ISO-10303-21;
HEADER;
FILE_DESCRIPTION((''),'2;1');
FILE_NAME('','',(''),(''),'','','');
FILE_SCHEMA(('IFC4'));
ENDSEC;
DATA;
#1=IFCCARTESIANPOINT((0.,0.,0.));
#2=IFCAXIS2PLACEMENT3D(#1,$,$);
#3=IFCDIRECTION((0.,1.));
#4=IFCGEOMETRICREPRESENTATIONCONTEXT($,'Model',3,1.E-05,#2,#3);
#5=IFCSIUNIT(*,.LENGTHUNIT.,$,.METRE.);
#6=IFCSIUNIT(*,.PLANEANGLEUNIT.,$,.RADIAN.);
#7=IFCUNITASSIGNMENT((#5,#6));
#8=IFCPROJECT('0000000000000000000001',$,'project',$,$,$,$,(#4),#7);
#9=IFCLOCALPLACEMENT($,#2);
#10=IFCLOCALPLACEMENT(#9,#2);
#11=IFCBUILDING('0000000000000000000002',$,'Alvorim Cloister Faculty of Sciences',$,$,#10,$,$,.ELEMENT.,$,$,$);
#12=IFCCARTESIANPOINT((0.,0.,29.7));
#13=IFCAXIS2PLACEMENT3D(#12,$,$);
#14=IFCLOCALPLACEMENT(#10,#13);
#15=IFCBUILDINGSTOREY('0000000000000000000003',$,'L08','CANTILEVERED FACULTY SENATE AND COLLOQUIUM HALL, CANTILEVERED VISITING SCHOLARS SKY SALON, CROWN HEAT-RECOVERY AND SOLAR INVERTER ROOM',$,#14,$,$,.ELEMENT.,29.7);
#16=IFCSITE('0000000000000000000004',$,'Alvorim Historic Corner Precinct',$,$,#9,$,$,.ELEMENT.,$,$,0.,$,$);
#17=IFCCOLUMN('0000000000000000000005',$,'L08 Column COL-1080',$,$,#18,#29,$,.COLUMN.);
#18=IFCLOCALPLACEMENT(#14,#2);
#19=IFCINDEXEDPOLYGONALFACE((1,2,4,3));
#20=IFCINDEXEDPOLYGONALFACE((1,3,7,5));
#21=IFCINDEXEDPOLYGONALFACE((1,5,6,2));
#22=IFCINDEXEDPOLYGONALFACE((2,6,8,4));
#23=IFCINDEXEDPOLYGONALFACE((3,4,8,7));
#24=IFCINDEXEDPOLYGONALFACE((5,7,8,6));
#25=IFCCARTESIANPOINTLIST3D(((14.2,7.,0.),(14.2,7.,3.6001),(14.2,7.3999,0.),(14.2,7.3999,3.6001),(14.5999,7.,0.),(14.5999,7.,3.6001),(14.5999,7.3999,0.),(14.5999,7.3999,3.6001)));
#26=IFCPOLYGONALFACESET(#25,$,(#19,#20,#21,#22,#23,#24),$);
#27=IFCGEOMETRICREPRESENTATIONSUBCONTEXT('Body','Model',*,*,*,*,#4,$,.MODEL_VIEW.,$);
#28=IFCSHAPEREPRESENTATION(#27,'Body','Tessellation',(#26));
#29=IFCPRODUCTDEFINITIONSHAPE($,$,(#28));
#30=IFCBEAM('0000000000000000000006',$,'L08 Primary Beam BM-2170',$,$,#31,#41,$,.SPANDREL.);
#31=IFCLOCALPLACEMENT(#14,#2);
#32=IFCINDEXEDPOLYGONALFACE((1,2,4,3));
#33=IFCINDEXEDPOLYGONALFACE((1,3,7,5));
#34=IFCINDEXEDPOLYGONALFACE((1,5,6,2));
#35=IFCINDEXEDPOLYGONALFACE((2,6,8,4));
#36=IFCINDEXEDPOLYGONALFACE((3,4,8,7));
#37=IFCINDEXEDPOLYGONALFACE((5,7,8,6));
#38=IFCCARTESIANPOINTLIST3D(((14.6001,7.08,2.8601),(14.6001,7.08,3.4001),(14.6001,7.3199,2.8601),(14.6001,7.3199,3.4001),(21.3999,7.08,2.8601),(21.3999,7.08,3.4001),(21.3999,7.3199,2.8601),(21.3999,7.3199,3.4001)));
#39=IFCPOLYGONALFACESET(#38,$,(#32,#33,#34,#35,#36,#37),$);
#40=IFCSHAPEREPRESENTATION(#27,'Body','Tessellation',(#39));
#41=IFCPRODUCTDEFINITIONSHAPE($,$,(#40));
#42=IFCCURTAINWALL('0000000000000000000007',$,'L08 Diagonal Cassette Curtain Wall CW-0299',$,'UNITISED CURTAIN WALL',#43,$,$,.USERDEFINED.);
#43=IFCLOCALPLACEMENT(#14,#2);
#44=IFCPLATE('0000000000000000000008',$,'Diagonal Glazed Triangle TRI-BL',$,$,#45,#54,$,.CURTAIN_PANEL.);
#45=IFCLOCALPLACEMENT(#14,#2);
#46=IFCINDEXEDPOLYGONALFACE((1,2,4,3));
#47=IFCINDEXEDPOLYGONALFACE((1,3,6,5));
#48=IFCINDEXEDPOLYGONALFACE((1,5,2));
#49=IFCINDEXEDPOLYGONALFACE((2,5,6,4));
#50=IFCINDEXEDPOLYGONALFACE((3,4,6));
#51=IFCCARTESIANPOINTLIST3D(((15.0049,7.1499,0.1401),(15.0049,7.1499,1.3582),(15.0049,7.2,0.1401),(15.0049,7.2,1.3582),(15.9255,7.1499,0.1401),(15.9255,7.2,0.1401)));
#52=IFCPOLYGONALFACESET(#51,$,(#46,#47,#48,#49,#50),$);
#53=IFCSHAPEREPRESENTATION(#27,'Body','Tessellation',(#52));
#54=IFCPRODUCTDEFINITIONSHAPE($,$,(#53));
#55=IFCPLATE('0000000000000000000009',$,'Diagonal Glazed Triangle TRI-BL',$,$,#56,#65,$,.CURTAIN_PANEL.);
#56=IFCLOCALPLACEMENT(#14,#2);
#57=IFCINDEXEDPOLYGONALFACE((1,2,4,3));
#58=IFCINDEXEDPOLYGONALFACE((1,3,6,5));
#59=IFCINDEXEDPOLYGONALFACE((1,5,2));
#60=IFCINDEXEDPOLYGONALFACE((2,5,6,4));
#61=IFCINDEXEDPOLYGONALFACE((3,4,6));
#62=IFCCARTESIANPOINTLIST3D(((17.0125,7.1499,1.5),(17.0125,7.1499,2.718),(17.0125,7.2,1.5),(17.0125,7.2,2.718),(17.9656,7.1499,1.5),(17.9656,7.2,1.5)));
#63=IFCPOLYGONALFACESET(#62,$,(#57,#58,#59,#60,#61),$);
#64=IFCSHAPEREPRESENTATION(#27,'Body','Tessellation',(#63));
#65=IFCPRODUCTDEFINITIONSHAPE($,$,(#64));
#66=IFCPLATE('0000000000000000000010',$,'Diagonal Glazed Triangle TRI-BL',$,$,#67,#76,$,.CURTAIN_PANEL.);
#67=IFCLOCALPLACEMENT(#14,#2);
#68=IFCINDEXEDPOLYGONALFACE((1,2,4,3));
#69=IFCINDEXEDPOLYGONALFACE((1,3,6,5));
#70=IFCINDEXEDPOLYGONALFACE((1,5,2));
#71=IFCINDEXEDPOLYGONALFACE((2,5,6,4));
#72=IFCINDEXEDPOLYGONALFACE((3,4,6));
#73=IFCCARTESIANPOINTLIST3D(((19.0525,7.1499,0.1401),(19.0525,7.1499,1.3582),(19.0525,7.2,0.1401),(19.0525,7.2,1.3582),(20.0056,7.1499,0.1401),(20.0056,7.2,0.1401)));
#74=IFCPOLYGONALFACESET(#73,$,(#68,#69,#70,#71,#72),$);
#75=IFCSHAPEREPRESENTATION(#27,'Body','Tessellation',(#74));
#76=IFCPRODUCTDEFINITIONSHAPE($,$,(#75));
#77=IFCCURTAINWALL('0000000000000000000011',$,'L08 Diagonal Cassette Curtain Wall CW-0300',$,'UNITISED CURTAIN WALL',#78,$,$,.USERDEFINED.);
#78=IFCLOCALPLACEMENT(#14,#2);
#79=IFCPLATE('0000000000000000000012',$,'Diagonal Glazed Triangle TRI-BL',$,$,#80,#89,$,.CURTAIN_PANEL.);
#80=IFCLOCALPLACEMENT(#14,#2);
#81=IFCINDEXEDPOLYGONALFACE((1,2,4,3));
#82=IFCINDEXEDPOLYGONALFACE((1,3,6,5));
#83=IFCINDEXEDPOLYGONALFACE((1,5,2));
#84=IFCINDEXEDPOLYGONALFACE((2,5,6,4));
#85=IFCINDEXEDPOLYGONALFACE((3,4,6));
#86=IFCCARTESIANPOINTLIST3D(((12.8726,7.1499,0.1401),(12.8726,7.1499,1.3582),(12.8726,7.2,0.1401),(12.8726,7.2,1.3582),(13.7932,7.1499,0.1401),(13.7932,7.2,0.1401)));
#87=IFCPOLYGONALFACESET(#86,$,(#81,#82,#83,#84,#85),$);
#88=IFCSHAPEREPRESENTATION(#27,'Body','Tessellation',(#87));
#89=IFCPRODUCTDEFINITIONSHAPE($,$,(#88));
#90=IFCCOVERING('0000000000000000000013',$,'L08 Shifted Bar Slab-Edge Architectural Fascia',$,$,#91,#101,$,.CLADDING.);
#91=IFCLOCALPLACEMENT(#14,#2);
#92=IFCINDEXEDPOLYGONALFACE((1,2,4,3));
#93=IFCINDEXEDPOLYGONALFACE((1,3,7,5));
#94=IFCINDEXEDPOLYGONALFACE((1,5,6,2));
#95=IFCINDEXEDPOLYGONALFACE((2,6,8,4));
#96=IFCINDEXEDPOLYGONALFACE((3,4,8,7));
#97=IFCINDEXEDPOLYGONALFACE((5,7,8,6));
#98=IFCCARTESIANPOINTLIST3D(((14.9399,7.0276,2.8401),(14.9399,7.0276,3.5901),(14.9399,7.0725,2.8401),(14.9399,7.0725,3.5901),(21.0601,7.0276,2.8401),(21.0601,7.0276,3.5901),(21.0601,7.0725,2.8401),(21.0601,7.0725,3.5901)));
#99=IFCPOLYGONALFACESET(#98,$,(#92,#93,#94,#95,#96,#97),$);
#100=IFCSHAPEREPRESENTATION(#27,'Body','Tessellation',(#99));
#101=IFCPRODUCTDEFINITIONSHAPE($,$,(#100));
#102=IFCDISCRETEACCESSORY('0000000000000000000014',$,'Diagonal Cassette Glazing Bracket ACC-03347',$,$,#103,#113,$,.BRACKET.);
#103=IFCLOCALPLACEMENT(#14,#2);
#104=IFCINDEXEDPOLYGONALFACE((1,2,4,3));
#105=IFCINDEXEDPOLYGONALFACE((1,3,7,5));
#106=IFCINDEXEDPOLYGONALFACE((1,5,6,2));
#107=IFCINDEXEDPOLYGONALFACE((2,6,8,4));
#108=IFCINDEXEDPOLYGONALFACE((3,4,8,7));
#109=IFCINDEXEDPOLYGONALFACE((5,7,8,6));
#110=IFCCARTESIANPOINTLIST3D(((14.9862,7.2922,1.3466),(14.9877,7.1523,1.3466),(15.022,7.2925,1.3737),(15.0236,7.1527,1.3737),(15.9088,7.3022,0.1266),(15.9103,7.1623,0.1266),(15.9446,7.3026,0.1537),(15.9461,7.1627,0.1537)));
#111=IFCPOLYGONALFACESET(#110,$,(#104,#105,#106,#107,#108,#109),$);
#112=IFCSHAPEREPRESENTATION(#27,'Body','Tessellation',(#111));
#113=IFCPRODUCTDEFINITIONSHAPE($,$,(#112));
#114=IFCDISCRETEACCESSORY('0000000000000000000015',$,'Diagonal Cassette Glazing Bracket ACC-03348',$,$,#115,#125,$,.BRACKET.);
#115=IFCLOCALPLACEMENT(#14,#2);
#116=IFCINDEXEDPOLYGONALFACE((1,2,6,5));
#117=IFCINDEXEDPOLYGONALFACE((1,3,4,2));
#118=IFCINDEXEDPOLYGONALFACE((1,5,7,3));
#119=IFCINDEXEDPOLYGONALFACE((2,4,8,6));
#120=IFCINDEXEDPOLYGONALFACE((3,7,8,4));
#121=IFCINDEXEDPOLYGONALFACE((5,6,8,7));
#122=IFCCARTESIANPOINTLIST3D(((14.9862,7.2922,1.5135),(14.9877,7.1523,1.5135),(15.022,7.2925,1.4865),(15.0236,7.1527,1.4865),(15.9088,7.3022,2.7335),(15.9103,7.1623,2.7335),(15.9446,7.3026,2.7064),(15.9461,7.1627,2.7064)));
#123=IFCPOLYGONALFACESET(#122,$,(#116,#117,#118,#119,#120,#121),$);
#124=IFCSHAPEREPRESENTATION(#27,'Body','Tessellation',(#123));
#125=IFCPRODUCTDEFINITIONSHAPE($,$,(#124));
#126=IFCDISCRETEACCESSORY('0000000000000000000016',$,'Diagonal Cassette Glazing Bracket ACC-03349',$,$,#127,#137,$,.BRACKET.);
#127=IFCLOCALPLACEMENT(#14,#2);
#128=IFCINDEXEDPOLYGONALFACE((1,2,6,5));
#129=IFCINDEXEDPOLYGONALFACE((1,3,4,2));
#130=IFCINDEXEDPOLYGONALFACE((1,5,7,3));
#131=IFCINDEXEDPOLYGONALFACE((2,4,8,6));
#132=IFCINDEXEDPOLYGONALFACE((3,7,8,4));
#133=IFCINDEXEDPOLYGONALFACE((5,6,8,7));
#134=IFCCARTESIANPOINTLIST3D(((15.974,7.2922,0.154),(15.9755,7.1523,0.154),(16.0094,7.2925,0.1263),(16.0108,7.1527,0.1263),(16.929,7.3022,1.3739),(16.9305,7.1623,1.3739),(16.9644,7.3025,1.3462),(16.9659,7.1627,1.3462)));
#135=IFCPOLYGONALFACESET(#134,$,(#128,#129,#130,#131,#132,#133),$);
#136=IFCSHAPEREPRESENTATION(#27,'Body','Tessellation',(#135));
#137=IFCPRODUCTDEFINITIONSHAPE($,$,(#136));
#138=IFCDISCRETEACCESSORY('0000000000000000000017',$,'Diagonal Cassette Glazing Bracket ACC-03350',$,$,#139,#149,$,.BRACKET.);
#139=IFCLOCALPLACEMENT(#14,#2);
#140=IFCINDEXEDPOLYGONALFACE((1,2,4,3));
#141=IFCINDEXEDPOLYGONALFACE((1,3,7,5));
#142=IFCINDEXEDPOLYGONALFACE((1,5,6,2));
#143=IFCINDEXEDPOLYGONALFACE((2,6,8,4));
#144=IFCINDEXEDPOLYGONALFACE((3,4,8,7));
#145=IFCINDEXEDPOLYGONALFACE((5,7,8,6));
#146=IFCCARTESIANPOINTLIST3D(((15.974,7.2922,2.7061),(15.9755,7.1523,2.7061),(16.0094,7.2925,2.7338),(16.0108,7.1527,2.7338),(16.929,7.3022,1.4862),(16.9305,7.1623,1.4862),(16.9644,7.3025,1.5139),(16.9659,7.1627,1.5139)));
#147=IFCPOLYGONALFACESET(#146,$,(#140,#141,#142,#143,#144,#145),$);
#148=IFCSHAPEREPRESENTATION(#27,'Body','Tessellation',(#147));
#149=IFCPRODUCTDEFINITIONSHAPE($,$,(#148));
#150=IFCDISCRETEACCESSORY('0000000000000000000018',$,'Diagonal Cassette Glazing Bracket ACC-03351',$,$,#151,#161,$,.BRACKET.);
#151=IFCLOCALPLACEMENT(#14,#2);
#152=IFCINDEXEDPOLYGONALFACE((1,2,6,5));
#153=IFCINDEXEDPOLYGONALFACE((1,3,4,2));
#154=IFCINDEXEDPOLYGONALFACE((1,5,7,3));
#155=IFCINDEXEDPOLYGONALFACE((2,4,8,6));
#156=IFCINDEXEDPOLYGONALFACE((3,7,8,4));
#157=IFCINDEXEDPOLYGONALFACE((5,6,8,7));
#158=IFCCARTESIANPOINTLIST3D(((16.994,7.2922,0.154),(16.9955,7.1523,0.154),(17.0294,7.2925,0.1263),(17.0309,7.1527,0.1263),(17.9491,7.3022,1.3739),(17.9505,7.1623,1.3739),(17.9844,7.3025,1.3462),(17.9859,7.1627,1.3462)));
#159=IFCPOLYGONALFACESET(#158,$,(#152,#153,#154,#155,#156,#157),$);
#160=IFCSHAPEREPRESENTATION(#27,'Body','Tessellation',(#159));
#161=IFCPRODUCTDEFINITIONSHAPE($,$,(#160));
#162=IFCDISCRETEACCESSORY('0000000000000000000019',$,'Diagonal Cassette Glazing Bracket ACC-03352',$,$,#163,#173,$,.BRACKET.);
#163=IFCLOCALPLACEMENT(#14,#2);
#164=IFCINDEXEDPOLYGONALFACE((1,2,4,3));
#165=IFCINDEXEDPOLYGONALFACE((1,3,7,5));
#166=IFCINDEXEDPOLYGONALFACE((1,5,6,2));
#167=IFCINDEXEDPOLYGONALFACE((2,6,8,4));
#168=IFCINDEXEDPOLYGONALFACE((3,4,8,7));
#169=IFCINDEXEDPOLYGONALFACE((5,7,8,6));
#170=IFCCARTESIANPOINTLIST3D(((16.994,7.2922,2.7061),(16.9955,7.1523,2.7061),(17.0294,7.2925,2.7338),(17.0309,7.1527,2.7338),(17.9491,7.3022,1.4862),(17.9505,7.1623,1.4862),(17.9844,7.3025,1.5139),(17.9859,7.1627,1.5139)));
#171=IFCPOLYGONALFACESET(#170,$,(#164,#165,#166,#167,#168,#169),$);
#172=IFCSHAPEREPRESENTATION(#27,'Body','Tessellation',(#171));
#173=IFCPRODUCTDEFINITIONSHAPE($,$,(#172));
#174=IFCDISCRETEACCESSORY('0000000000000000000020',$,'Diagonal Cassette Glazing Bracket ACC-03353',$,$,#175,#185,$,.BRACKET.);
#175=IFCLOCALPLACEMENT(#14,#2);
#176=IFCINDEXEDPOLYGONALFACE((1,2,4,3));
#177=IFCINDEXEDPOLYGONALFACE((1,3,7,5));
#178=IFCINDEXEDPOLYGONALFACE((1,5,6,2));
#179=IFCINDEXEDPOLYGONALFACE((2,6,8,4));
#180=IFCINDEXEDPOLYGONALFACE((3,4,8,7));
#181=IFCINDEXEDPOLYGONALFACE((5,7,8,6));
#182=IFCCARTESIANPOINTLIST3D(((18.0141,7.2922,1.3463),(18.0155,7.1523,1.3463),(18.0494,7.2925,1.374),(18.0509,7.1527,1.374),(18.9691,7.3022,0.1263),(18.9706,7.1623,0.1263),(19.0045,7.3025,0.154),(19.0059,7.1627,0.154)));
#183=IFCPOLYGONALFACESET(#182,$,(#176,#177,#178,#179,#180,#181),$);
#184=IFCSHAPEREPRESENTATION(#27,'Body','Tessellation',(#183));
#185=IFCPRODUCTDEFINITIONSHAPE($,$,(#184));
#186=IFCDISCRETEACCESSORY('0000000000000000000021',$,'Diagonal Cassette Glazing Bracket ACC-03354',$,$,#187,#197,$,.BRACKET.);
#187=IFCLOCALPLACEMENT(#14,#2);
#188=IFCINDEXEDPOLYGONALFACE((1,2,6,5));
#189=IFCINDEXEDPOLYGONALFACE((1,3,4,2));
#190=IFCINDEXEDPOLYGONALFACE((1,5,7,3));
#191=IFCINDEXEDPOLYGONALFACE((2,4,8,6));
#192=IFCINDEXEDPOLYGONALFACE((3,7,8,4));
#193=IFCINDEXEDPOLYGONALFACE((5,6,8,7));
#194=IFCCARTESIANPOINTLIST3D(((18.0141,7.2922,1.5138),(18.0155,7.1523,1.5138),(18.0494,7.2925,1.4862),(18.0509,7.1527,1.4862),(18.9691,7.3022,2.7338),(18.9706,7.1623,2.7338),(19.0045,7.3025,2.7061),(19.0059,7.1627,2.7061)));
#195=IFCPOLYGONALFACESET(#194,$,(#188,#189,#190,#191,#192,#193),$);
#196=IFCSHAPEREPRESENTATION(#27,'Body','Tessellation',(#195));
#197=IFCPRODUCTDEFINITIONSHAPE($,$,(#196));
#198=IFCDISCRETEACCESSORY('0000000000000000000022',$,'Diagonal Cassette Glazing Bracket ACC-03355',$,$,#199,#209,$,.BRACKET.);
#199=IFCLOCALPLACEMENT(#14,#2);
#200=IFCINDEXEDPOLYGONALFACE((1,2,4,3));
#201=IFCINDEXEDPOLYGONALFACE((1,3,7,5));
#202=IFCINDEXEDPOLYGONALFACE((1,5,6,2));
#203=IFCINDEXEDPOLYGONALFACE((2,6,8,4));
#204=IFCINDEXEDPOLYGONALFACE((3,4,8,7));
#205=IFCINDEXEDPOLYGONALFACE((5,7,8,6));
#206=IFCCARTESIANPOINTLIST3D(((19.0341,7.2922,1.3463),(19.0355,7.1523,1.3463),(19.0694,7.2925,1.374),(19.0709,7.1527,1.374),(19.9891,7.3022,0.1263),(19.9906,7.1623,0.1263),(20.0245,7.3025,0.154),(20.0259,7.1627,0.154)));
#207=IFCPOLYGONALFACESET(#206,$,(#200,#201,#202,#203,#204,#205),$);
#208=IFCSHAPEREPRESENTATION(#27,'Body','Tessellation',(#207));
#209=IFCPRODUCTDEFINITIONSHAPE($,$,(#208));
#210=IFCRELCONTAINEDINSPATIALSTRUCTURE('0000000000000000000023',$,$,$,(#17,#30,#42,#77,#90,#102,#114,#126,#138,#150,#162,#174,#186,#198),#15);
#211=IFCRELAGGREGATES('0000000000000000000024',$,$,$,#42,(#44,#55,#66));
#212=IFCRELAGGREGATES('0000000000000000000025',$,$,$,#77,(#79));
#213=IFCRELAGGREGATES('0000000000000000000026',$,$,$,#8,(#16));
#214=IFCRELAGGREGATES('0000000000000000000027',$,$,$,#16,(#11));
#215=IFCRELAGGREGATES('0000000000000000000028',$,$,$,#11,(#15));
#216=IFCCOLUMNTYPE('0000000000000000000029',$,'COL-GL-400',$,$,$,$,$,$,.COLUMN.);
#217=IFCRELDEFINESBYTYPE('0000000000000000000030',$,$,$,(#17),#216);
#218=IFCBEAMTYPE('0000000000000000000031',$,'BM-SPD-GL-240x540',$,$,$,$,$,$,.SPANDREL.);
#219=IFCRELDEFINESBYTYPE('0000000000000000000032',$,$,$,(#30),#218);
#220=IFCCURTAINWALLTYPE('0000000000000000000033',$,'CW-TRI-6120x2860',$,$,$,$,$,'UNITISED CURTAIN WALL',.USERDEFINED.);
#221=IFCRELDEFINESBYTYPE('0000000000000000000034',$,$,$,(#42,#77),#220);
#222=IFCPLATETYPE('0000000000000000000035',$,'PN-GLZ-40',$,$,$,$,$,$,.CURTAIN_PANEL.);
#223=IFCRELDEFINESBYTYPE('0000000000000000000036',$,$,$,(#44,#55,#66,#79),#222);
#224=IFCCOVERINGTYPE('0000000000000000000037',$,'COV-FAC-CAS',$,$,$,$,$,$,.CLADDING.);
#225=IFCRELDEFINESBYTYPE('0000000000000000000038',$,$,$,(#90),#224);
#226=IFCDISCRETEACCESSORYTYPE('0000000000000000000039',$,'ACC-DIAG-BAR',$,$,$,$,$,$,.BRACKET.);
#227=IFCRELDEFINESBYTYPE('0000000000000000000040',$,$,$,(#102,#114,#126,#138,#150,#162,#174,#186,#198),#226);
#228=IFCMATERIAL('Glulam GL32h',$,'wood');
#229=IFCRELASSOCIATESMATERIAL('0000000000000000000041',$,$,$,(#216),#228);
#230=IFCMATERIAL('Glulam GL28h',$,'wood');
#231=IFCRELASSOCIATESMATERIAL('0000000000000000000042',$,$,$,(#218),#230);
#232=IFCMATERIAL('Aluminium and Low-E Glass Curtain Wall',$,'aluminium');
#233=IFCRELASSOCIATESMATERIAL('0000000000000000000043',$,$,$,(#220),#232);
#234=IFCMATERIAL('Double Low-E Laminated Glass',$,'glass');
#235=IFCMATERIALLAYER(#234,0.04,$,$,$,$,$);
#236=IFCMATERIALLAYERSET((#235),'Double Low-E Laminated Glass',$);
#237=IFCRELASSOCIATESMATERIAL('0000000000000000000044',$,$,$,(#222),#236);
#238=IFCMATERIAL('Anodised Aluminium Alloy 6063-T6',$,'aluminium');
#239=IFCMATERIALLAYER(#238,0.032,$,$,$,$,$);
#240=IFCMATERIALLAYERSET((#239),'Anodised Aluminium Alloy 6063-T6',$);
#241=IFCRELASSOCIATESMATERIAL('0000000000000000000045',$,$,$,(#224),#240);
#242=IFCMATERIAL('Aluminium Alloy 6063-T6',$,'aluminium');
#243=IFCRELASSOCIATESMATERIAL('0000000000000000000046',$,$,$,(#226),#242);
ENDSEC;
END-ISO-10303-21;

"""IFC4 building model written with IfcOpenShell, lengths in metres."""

from ifc_helpers import new_model, si_unit, direction, frame, origin, origin_2d, place, context, subcontext, project, spatial, polyline, rectangle, outline, extrude, material, layer, layer_set, material_profile, profile_set, type_object, element, aggregate, save


model = new_model("IFC4")

# Units and contexts
model_context = context("Model", 3, precision=1e-05, world=origin(), true_north=direction((0.0, 1.0)))
body_context = subcontext(model_context, "Body", "Model", "MODEL_VIEW")
ifc_project = project(units=[si_unit("LENGTHUNIT", "METRE"), si_unit("PLANEANGLEUNIT", "RADIAN")], contexts=[model_context])

# Site, building, storey
site_placement = place(None, origin())
site = spatial("IfcSite", under=ifc_project, at=site_placement, Name="Alvorim Historic Corner Precinct", CompositionType="ELEMENT", RefElevation=0.0)
building_placement = place(site_placement, origin())
building = spatial("IfcBuilding", under=site, at=building_placement, Name="Alvorim Cloister Faculty of Sciences", CompositionType="ELEMENT")
storey_placement = place(building_placement, frame((0.0, 0.0, 29.7)))
storey = spatial("IfcBuildingStorey", under=building, at=storey_placement, Name="L08", Description="CANTILEVERED FACULTY SENATE AND COLLOQUIUM HALL, CANTILEVERED VISITING SCHOLARS SKY SALON, CROWN HEAT-RECOVERY AND SOLAR INVERTER ROOM", CompositionType="ELEMENT", Elevation=29.7)

# Column
ifc_material_1 = material(Name="Glulam GL32h", Category="wood")
ifc_material_profile_1 = material_profile(ifc_material_1, rectangle(XDim=0.3999, YDim=0.3999, at=origin_2d()), Name="GL32-COL-400x400")
ifc_profile_set_1 = profile_set([ifc_material_profile_1], Name="Glulam GL32h")
column_type = type_object("IfcColumnType", Name="COL-GL-400", PredefinedType="COLUMN", material=ifc_profile_set_1)
column_placement = place(storey_placement, frame((14.3999, 7.2, 0.0), z_axis=(0.0, 0.0, 1.0), x_axis=(1.0, 0.0, 0.0)))
element("IfcColumn", 1, at=column_placement, inside=storey, type_object=column_type, Name="L08 Column COL-1080", PredefinedType="COLUMN", context=body_context, shape_type="SweptSolid", body=[
    extrude(rectangle(XDim=0.3999, YDim=0.3999, at=origin_2d()), origin(), (0.0, 0.0, 1.0), 3.6001),
])

# Beam
ifc_material_2 = material(Name="Glulam GL28h", Category="wood")
ifc_material_profile_2 = material_profile(ifc_material_2, rectangle(XDim=0.24, YDim=0.54, at=origin_2d()), Name="GL28-SPD-240x540")
ifc_profile_set_2 = profile_set([ifc_material_profile_2], Name="Glulam GL28h")
beam_type = type_object("IfcBeamType", Name="BM-SPD-GL-240x540", PredefinedType="SPANDREL", material=ifc_profile_set_2)
beam_placement = place(storey_placement, frame((14.6001, 7.2, 3.1301), z_axis=(1.0, 0.0, 0.0), x_axis=(0.0, 1.0, 0.0)))
element("IfcBeam", 2, at=beam_placement, inside=storey, type_object=beam_type, Name="L08 Primary Beam BM-2170", PredefinedType="SPANDREL", context=body_context, shape_type="SweptSolid", body=[
    extrude(rectangle(XDim=0.24, YDim=0.54, at=origin_2d()), origin(), (0.0, 0.0, 1.0), 6.7998),
])

# Curtain walls, plates
ifc_material_3 = material(Name="Aluminium and Low-E Glass Curtain Wall", Category="aluminium")
curtain_wall_type = type_object("IfcCurtainWallType", Name="CW-TRI-6120x2860", ElementType="UNITISED CURTAIN WALL", PredefinedType="USERDEFINED", material=ifc_material_3)
curtain_wall_1_placement = place(storey_placement, origin())
curtain_wall_1 = element("IfcCurtainWall", 3, at=curtain_wall_1_placement, inside=storey, type_object=curtain_wall_type, Name="L08 Diagonal Cassette Curtain Wall CW-0299", ObjectType="UNITISED CURTAIN WALL", PredefinedType="USERDEFINED")
ifc_material_4 = material(Name="Double Low-E Laminated Glass", Category="glass")
ifc_layer_1 = layer(ifc_material_4, 0.04)
ifc_layer_set_1 = layer_set([ifc_layer_1], Name="Double Low-E Laminated Glass")
plate_type = type_object("IfcPlateType", Name="PN-GLZ-40", PredefinedType="CURTAIN_PANEL", material=ifc_layer_set_1)
plate_1_placement = place(storey_placement, frame((15.0049, 7.175, 0.1401), z_axis=(0.0, 0.0, 1.0), x_axis=(1.0, 0.0, 0.0)))
plate_1 = element("IfcPlate", 4, at=plate_1_placement, type_object=plate_type, Name="Diagonal Glazed Triangle TRI-BL", PredefinedType="CURTAIN_PANEL", context=body_context, shape_type="SweptSolid", body=[
    extrude(outline(polyline([(0.0, 0.0), (0.9207, 0.0), (0.0, 1.218), (0.0, 0.0)])), frame((0.0, 0.0249, 0.0), z_axis=(0.0, -1.0, 0.0), x_axis=(1.0, 0.0, 0.0)), (0.0, 0.0, 1.0), 0.05),
])
plate_2_placement = place(storey_placement, frame((17.0125, 7.175, 1.5), z_axis=(0.0, 0.0, 1.0), x_axis=(1.0, 0.0, 0.0)))
plate_2 = element("IfcPlate", 5, at=plate_2_placement, type_object=plate_type, Name="Diagonal Glazed Triangle TRI-BL", PredefinedType="CURTAIN_PANEL", context=body_context, shape_type="SweptSolid", body=[
    extrude(outline(polyline([(0.0, 0.0), (0.9531, 0.0), (0.0, 1.218), (0.0, 0.0)])), frame((0.0, 0.0249, 0.0), z_axis=(0.0, -1.0, 0.0), x_axis=(1.0, 0.0, 0.0)), (0.0, 0.0, 1.0), 0.05),
])
plate_3_placement = place(storey_placement, frame((19.0525, 7.175, 0.1401), z_axis=(0.0, 0.0, 1.0), x_axis=(1.0, 0.0, 0.0)))
plate_3 = element("IfcPlate", 6, at=plate_3_placement, type_object=plate_type, Name="Diagonal Glazed Triangle TRI-BL", PredefinedType="CURTAIN_PANEL", context=body_context, shape_type="SweptSolid", body=[
    extrude(outline(polyline([(0.0, 0.0), (0.9531, 0.0), (0.0, 1.218), (0.0, 0.0)])), frame((0.0, 0.0249, 0.0), z_axis=(0.0, -1.0, 0.0), x_axis=(1.0, 0.0, 0.0)), (0.0, 0.0, 1.0), 0.05),
])
aggregate(curtain_wall_1, [plate_1, plate_2, plate_3])
curtain_wall_2_placement = place(storey_placement, origin())
curtain_wall_2 = element("IfcCurtainWall", 7, at=curtain_wall_2_placement, inside=storey, type_object=curtain_wall_type, Name="L08 Diagonal Cassette Curtain Wall CW-0300", ObjectType="UNITISED CURTAIN WALL", PredefinedType="USERDEFINED")
plate_4_placement = place(storey_placement, frame((12.8726, 7.175, 0.1401), z_axis=(0.0, 0.0, 1.0), x_axis=(1.0, 0.0, 0.0)))
plate_4 = element("IfcPlate", 8, at=plate_4_placement, type_object=plate_type, Name="Diagonal Glazed Triangle TRI-BL", PredefinedType="CURTAIN_PANEL", context=body_context, shape_type="SweptSolid", body=[
    extrude(outline(polyline([(0.0, 0.0), (0.9207, 0.0), (0.0, 1.218), (0.0, 0.0)])), frame((0.0, 0.0249, 0.0), z_axis=(0.0, -1.0, 0.0), x_axis=(1.0, 0.0, 0.0)), (0.0, 0.0, 1.0), 0.05),
])
aggregate(curtain_wall_2, [plate_4])

# Covering
ifc_material_5 = material(Name="Anodised Aluminium Alloy 6063-T6", Category="aluminium")
ifc_layer_2 = layer(ifc_material_5, 0.032)
ifc_layer_set_2 = layer_set([ifc_layer_2], Name="Anodised Aluminium Alloy 6063-T6")
covering_type = type_object("IfcCoveringType", Name="COV-FAC-CAS", PredefinedType="CLADDING", material=ifc_layer_set_2)
covering_placement = place(storey_placement, frame((14.9399, 7.05, 2.8401), z_axis=(0.0, 0.0, 1.0), x_axis=(1.0, 0.0, 0.0)))
element("IfcCovering", 9, at=covering_placement, inside=storey, type_object=covering_type, Name="L08 Shifted Bar Slab-Edge Architectural Fascia", PredefinedType="CLADDING", context=body_context, shape_type="SweptSolid", body=[
    extrude(outline(polyline([(0.0, 0.0), (6.1201, 0.0), (6.1201, 0.75), (0.0, 0.75), (0.0, 0.0)])), frame((0.0, 0.0225, 0.0), z_axis=(0.0, -1.0, 0.0), x_axis=(1.0, 0.0, 0.0)), (0.0, 0.0, 1.0), 0.0449),
])

# Discrete accessories
ifc_material_6 = material(Name="Aluminium Alloy 6063-T6", Category="aluminium")
discrete_accessory_type = type_object("IfcDiscreteAccessoryType", Name="ACC-DIAG-BAR", PredefinedType="BRACKET", material=ifc_material_6)
for number, where, z_axis, x_axis, name in (
    (10, (15.0049, 7.2224, 1.3601), (0.603175, 0.006544, -0.797582), (-0.010849, 0.999941, 0.0), "Diagonal Cassette Glazing Bracket ACC-03347"),
    (11, (15.0049, 7.2224, 1.5), (0.603175, 0.006544, 0.797582), (-0.010849, 0.999941, 0.0), "Diagonal Cassette Glazing Bracket ACC-03348"),
):
    element("IfcDiscreteAccessory", number, at=place(storey_placement, frame(where, z_axis=z_axis, x_axis=x_axis)), inside=storey, type_object=discrete_accessory_type, Name=name, PredefinedType="BRACKET", context=body_context, shape_type="SweptSolid", body=[
        extrude(rectangle(XDim=0.1399, YDim=0.0449, at=origin_2d()), origin(), (0.0, 0.0, 1.0), 1.5295),
    ])
for number, where, z_axis, x_axis, name in (
    (12, (15.9924, 7.2224, 0.1401), (0.616423, 0.00646, 0.787389), (-0.01048, 0.999945, 0.0), "Diagonal Cassette Glazing Bracket ACC-03349"),
    (13, (15.9924, 7.2224, 2.72), (0.616423, 0.00646, -0.787389), (-0.01048, 0.999945, 0.0), "Diagonal Cassette Glazing Bracket ACC-03350"),
    (14, (17.0125, 7.2224, 0.1401), (0.616423, 0.00646, 0.787389), (-0.01048, 0.999945, 0.0), "Diagonal Cassette Glazing Bracket ACC-03351"),
    (15, (17.0125, 7.2224, 2.72), (0.616423, 0.00646, -0.787389), (-0.01048, 0.999945, 0.0), "Diagonal Cassette Glazing Bracket ACC-03352"),
    (16, (18.0325, 7.2224, 1.3601), (0.616423, 0.00646, -0.787389), (-0.01048, 0.999945, 0.0), "Diagonal Cassette Glazing Bracket ACC-03353"),
    (17, (18.0325, 7.2224, 1.5), (0.616423, 0.00646, 0.787389), (-0.01048, 0.999945, 0.0), "Diagonal Cassette Glazing Bracket ACC-03354"),
    (18, (19.0525, 7.2224, 1.3601), (0.616423, 0.00646, -0.787389), (-0.01048, 0.999945, 0.0), "Diagonal Cassette Glazing Bracket ACC-03355"),
):
    element("IfcDiscreteAccessory", number, at=place(storey_placement, frame(where, z_axis=z_axis, x_axis=x_axis)), inside=storey, type_object=discrete_accessory_type, Name=name, PredefinedType="BRACKET", context=body_context, shape_type="SweptSolid", body=[
        extrude(rectangle(XDim=0.1399, YDim=0.0449, at=origin_2d()), origin(), (0.0, 0.0, 1.0), 1.5493),
    ])

save(model, "model.ifc")
